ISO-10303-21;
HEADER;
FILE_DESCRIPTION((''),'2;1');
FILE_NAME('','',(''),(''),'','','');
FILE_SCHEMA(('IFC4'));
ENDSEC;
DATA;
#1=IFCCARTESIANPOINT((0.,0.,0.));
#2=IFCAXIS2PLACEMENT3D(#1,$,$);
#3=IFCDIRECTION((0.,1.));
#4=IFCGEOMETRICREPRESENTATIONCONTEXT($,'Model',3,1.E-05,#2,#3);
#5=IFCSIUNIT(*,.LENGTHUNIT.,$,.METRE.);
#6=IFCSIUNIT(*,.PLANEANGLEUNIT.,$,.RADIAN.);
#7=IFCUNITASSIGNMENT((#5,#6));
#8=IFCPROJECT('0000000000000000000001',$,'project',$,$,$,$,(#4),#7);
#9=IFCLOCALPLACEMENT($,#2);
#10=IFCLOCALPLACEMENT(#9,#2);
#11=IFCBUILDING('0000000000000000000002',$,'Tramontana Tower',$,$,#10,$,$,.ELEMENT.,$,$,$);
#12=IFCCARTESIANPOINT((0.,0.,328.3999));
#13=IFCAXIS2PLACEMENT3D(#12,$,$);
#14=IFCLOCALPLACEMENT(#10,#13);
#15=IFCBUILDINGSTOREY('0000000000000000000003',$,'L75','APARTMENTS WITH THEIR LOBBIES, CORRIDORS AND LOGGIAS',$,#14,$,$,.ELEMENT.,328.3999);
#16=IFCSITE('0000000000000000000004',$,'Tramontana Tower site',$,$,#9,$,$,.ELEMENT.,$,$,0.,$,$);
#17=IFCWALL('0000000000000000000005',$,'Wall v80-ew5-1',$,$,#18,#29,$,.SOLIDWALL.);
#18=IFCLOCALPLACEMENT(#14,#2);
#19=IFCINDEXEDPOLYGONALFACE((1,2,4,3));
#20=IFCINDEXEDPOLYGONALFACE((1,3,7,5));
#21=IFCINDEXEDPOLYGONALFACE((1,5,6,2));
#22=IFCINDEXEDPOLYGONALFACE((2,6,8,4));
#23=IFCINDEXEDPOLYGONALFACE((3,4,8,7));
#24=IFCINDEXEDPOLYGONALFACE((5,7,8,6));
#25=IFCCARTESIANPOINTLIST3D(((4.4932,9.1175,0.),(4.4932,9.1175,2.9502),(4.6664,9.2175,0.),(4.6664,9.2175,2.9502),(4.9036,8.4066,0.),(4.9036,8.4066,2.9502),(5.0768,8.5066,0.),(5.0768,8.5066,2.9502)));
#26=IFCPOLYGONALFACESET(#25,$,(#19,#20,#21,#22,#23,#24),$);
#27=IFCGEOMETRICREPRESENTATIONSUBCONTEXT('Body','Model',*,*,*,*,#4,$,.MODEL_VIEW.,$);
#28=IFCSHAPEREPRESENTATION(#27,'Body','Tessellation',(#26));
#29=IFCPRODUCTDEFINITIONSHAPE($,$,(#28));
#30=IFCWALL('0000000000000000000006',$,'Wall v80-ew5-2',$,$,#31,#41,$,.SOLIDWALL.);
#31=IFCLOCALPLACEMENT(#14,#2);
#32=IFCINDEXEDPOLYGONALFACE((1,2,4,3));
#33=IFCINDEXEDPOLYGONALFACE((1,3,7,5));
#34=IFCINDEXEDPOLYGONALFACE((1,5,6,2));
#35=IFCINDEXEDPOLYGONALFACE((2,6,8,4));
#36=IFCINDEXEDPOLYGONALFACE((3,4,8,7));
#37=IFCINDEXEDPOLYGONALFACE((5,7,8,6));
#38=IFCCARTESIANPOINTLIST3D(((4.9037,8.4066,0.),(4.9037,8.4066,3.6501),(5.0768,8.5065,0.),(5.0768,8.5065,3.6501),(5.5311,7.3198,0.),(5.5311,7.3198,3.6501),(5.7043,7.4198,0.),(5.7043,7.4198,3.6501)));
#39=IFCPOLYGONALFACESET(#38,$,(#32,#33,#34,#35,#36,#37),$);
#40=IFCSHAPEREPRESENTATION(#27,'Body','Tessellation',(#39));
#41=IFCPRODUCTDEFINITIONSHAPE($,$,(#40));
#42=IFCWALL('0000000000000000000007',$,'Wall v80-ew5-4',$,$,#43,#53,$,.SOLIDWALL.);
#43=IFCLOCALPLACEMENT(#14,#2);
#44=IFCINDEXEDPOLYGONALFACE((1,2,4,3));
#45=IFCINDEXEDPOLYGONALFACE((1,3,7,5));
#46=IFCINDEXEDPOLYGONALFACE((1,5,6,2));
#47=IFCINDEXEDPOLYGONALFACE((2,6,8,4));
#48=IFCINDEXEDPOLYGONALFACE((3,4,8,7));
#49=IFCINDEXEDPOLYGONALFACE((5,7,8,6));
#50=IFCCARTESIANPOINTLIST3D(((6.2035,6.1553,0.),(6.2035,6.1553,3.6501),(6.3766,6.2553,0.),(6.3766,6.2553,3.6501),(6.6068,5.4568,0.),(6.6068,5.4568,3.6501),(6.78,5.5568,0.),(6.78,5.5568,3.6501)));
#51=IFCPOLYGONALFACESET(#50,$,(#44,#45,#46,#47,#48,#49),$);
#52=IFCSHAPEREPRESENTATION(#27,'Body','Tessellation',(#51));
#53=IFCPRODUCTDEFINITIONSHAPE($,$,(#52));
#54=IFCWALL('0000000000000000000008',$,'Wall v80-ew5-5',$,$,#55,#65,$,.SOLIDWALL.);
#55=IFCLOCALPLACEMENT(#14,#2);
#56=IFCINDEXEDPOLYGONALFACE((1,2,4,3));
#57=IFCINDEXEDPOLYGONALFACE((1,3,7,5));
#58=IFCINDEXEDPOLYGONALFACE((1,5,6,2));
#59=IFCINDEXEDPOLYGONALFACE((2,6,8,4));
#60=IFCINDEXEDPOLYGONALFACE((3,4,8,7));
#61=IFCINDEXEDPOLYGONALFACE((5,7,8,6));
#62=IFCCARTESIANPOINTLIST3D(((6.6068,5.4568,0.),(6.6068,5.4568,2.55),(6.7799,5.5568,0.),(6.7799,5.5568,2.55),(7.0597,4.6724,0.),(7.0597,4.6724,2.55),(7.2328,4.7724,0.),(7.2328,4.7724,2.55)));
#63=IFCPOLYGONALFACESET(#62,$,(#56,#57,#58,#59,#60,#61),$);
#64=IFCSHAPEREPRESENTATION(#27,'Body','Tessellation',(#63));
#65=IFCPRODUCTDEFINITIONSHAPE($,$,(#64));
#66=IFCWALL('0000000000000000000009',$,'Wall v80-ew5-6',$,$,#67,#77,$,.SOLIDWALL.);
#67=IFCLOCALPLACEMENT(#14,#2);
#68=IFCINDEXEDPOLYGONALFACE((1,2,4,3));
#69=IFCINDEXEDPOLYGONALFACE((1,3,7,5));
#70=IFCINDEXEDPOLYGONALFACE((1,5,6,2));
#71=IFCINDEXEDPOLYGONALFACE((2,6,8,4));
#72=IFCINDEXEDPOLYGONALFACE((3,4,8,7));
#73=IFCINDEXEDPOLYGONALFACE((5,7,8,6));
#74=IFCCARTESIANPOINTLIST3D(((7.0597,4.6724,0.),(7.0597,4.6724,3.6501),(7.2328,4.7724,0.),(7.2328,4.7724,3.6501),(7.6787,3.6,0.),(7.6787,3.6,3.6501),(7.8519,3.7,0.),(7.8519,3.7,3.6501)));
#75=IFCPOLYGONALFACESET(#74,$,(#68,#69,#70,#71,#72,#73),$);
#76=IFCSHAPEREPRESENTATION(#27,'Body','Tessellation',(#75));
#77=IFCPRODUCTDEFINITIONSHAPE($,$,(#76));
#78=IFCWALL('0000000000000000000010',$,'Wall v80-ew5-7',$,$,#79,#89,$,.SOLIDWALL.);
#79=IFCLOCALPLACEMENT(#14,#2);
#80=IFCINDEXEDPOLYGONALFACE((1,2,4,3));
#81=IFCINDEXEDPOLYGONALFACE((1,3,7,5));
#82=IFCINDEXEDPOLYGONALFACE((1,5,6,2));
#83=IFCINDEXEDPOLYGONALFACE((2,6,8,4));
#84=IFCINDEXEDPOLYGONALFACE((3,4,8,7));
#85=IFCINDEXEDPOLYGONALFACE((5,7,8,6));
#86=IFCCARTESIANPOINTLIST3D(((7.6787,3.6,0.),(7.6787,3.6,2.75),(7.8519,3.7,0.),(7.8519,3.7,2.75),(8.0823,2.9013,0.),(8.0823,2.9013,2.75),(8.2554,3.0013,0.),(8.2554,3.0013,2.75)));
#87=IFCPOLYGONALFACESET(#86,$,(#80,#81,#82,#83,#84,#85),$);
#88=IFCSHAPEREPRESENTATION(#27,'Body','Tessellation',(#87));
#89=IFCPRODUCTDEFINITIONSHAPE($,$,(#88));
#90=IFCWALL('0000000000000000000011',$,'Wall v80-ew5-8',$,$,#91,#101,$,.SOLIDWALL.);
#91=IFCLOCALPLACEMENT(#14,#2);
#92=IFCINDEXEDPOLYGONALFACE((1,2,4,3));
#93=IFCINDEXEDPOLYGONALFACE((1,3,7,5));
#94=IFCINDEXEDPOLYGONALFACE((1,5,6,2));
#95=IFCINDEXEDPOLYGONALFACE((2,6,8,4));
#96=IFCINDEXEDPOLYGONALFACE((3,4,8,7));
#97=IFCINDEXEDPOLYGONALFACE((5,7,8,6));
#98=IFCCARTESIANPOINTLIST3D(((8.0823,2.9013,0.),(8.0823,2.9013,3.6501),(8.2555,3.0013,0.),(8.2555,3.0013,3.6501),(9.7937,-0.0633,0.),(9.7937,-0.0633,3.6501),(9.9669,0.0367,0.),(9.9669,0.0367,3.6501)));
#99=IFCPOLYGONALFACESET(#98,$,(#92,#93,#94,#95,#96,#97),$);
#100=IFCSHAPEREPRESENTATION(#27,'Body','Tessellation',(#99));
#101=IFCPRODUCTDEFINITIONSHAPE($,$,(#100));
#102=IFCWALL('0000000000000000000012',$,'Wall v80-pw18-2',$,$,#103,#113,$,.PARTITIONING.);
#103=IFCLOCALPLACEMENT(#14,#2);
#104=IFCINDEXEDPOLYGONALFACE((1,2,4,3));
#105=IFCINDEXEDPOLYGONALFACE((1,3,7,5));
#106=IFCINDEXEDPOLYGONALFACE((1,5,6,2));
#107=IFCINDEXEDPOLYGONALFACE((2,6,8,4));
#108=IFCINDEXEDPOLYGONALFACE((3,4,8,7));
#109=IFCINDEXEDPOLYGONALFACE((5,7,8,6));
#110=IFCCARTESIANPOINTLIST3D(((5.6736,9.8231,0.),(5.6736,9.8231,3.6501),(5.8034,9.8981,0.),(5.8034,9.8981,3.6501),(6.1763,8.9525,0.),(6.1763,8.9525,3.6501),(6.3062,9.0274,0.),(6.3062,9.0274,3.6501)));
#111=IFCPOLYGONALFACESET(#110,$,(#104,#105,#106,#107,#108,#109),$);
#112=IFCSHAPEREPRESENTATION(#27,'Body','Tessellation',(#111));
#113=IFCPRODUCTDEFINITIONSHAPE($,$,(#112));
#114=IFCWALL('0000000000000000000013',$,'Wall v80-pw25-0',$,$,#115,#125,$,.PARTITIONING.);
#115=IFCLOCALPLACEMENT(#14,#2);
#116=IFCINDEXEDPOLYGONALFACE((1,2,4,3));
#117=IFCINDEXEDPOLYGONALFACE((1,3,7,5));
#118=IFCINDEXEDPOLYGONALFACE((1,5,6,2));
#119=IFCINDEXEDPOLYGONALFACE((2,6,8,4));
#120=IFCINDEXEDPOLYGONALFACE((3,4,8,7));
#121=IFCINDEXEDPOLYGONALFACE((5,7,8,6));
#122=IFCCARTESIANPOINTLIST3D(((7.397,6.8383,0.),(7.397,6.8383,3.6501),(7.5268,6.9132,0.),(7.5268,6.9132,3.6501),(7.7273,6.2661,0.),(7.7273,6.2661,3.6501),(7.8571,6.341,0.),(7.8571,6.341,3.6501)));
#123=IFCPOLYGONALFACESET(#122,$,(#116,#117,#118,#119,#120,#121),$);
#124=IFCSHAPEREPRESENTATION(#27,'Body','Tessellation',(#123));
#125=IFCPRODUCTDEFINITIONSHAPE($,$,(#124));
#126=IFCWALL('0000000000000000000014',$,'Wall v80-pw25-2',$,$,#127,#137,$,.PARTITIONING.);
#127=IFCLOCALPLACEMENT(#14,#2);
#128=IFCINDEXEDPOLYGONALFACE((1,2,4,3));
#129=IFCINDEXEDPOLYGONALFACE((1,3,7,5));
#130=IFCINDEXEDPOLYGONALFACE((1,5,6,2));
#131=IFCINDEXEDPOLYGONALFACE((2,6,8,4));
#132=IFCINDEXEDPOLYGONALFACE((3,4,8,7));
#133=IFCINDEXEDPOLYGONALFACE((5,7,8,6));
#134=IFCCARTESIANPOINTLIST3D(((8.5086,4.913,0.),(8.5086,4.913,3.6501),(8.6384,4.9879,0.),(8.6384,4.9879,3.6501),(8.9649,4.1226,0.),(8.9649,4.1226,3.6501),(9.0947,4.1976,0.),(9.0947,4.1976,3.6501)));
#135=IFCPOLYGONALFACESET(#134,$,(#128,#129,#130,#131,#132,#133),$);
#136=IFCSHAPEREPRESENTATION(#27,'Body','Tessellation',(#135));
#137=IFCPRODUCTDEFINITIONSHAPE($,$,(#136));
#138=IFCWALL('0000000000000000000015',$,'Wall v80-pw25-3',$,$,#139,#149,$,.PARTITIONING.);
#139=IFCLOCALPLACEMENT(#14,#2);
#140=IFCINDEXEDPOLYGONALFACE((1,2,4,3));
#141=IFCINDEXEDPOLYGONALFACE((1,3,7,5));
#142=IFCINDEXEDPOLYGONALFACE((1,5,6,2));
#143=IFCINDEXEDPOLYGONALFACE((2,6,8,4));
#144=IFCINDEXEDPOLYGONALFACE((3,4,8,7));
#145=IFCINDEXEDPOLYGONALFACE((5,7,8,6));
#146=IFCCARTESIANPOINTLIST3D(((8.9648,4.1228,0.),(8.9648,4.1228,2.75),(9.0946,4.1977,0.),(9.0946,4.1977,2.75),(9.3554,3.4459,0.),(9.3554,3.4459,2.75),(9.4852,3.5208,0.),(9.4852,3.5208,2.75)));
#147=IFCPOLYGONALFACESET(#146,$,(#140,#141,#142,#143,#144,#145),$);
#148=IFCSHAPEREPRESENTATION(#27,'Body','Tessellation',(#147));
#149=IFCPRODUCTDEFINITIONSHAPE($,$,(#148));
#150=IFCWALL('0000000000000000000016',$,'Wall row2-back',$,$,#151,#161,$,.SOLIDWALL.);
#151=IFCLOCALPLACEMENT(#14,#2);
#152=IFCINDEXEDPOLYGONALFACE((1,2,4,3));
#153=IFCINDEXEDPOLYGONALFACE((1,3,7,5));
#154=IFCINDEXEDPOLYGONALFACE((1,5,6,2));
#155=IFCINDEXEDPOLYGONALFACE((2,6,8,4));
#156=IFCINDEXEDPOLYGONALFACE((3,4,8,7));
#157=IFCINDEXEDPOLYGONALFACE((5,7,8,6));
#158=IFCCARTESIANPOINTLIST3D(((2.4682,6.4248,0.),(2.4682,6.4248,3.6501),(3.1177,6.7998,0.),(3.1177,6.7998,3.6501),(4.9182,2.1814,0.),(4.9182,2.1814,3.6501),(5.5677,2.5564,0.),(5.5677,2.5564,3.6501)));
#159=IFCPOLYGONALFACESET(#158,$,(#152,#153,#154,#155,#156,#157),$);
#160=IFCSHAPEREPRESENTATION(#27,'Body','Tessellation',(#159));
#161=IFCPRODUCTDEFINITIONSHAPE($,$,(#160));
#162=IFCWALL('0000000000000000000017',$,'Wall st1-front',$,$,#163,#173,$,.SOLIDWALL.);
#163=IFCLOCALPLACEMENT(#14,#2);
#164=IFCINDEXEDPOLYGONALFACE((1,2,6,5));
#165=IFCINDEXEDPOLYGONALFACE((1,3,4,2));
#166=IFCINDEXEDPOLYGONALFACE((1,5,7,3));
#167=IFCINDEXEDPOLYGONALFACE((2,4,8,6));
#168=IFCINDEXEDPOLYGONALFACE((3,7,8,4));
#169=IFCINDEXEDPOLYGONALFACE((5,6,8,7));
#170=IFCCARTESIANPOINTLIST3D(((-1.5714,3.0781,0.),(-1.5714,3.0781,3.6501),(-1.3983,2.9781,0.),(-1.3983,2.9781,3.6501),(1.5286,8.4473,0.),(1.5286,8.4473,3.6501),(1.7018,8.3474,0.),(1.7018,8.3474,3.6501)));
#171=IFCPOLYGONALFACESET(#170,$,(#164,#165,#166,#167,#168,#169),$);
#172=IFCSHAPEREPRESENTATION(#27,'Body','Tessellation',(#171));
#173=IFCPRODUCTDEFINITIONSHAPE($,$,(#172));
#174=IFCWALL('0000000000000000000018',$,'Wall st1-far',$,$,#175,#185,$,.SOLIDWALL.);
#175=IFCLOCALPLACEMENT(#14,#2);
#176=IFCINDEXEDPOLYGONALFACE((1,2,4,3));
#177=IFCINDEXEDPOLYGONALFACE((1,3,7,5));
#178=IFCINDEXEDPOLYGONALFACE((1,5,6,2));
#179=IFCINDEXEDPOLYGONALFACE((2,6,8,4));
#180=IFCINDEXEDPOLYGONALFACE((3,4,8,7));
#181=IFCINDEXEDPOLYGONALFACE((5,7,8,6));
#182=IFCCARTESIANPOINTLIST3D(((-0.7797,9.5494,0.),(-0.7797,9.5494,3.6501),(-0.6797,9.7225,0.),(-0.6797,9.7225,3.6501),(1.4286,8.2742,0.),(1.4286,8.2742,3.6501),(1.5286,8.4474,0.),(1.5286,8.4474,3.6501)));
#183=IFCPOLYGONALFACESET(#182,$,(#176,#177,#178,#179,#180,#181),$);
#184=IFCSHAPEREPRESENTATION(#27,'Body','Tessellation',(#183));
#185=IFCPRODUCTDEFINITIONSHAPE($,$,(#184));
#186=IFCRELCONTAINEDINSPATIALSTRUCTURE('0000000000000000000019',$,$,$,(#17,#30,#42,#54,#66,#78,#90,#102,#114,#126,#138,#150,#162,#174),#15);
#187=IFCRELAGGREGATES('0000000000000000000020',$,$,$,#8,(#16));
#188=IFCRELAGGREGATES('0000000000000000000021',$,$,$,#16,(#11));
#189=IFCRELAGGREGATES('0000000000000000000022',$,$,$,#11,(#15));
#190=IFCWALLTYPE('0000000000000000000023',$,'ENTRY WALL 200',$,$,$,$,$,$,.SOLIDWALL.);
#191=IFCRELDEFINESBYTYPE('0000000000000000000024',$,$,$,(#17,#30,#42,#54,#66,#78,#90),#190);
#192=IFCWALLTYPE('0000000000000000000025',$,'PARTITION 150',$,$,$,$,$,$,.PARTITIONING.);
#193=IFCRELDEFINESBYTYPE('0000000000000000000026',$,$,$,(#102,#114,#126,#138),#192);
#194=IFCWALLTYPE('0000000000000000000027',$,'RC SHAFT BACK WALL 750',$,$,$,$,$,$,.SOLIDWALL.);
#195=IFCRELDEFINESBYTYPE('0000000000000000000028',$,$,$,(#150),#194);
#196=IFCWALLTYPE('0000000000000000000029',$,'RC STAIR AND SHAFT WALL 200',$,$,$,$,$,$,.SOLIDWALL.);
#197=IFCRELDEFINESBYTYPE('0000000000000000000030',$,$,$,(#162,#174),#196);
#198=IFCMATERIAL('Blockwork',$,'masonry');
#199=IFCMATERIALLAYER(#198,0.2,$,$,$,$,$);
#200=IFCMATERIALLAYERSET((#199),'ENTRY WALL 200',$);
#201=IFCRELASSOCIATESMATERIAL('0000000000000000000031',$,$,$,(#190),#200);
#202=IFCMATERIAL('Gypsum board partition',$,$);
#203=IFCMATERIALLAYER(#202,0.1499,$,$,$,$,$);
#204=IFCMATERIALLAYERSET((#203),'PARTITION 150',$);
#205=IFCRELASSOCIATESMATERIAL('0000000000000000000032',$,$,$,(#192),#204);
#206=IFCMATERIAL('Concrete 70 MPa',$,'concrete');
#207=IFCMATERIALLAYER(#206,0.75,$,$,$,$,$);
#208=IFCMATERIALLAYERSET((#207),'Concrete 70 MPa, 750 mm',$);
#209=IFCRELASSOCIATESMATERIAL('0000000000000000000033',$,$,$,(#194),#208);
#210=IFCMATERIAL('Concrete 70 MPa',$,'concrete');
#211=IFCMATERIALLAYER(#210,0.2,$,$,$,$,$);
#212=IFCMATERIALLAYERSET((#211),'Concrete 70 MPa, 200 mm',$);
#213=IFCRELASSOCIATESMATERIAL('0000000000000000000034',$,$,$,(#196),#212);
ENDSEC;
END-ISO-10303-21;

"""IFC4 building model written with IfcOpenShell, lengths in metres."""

from ifc_helpers import new_model, si_unit, direction, frame, frame_2d, origin, place, context, subcontext, project, spatial, rectangle, extrude, material, layer, layer_set, type_object, element, save


model = new_model("IFC4")

# Units and contexts
model_context = context("Model", 3, precision=1e-05, world=origin(), true_north=direction((0.0, 1.0)))
body_context = subcontext(model_context, "Body", "Model", "MODEL_VIEW")
ifc_project = project(units=[si_unit("LENGTHUNIT", "METRE"), si_unit("PLANEANGLEUNIT", "RADIAN")], contexts=[model_context])

# Site, building, storey
site_placement = place(None, origin())
site = spatial("IfcSite", under=ifc_project, at=site_placement, Name="Tramontana Tower site", CompositionType="ELEMENT", RefElevation=0.0)
building_placement = place(site_placement, origin())
building = spatial("IfcBuilding", under=site, at=building_placement, Name="Tramontana Tower", CompositionType="ELEMENT")
storey_placement = place(building_placement, frame((0.0, 0.0, 328.3999)))
storey = spatial("IfcBuildingStorey", under=building, at=storey_placement, Name="L75", Description="APARTMENTS WITH THEIR LOBBIES, CORRIDORS AND LOGGIAS", CompositionType="ELEMENT", Elevation=328.3999)

# Walls
ifc_material_1 = material(Name="Blockwork", Category="masonry")
ifc_layer_1 = layer(ifc_material_1, 0.2)
ifc_layer_set_1 = layer_set([ifc_layer_1], Name="ENTRY WALL 200")
wall_type_1 = type_object("IfcWallType", Name="ENTRY WALL 200", PredefinedType="SOLIDWALL", material=ifc_layer_set_1)
wall_1_placement = place(storey_placement, frame((4.5798, 9.1675, 0.0), z_axis=(0.0, 0.0, 1.0), x_axis=(0.499946, -0.866057, 0.0)))
element("IfcWall", 1, at=wall_1_placement, inside=storey, type_object=wall_type_1, Name="Wall v80-ew5-1", PredefinedType="SOLIDWALL", context=body_context, shape_type="SweptSolid", body=[
    extrude(rectangle(XDim=0.8208, YDim=0.2, at=frame_2d((0.4104, 0.0))), origin(), (0.0, 0.0, 1.0), 2.9502),
])
wall_2_placement = place(storey_placement, frame((4.9902, 8.4565, 0.0), z_axis=(0.0, 0.0, 1.0), x_axis=(0.500031, -0.866007, 0.0)))
element("IfcWall", 2, at=wall_2_placement, inside=storey, type_object=wall_type_1, Name="Wall v80-ew5-2", PredefinedType="SOLIDWALL", context=body_context, shape_type="SweptSolid", body=[
    extrude(rectangle(XDim=1.2549, YDim=0.2, at=frame_2d((0.6274, 0.0))), origin(), (0.0, 0.0, 1.0), 3.6501),
])

# Walls
wall_3_placement = place(storey_placement, frame((6.29, 6.2053, 0.0), z_axis=(0.0, 0.0, 1.0), x_axis=(0.500046, -0.865999, 0.0)))
element("IfcWall", 3, at=wall_3_placement, inside=storey, type_object=wall_type_1, Name="Wall v80-ew5-4", PredefinedType="SOLIDWALL", context=body_context, shape_type="SweptSolid", body=[
    extrude(rectangle(XDim=0.8066, YDim=0.2, at=frame_2d((0.4033, 0.0))), origin(), (0.0, 0.0, 1.0), 3.6501),
])
wall_4_placement = place(storey_placement, frame((6.6934, 5.5068, 0.0), z_axis=(0.0, 0.0, 1.0), x_axis=(0.499995, -0.866028, 0.0)))
element("IfcWall", 4, at=wall_4_placement, inside=storey, type_object=wall_type_1, Name="Wall v80-ew5-5", PredefinedType="SOLIDWALL", context=body_context, shape_type="SweptSolid", body=[
    extrude(rectangle(XDim=0.9058, YDim=0.2, at=frame_2d((0.4529, 0.0))), origin(), (0.0, 0.0, 1.0), 2.55),
])
wall_5_placement = place(storey_placement, frame((7.1462, 4.7224, 0.0), z_axis=(0.0, 0.0, 1.0), x_axis=(0.499956, -0.866051, 0.0)))
element("IfcWall", 5, at=wall_5_placement, inside=storey, type_object=wall_type_1, Name="Wall v80-ew5-6", PredefinedType="SOLIDWALL", context=body_context, shape_type="SweptSolid", body=[
    extrude(rectangle(XDim=1.2383, YDim=0.2, at=frame_2d((0.6191, 0.0))), origin(), (0.0, 0.0, 1.0), 3.6501),
])
wall_6_placement = place(storey_placement, frame((7.7654, 3.6499, 0.0), z_axis=(0.0, 0.0, 1.0), x_axis=(0.500141, -0.865944, 0.0)))
element("IfcWall", 6, at=wall_6_placement, inside=storey, type_object=wall_type_1, Name="Wall v80-ew5-7", PredefinedType="SOLIDWALL", context=body_context, shape_type="SweptSolid", body=[
    extrude(rectangle(XDim=0.8069, YDim=0.2, at=frame_2d((0.4033, 0.0))), origin(), (0.0, 0.0, 1.0), 2.75),
])
wall_7_placement = place(storey_placement, frame((8.1689, 2.9512, 0.0), z_axis=(0.0, 0.0, 1.0), x_axis=(0.499959, -0.866049, 0.0)))
element("IfcWall", 7, at=wall_7_placement, inside=storey, type_object=wall_type_1, Name="Wall v80-ew5-8", PredefinedType="SOLIDWALL", context=body_context, shape_type="SweptSolid", body=[
    extrude(rectangle(XDim=3.4231, YDim=0.2, at=frame_2d((1.7114, 0.0))), origin(), (0.0, 0.0, 1.0), 3.6501),
])
ifc_material_2 = material(Name="Gypsum board partition")
ifc_layer_2 = layer(ifc_material_2, 0.1499)
ifc_layer_set_2 = layer_set([ifc_layer_2], Name="PARTITION 150")
wall_type_2 = type_object("IfcWallType", Name="PARTITION 150", PredefinedType="PARTITIONING", material=ifc_layer_set_2)
wall_8_placement = place(storey_placement, frame((5.7385, 9.8606, 0.0), z_axis=(0.0, 0.0, 1.0), x_axis=(0.500031, -0.866008, 0.0)))
element("IfcWall", 8, at=wall_8_placement, inside=storey, type_object=wall_type_2, Name="Wall v80-pw18-2", PredefinedType="PARTITIONING", context=body_context, shape_type="SweptSolid", body=[
    extrude(rectangle(XDim=1.0054, YDim=0.1499, at=frame_2d((0.5027, 0.0))), origin(), (0.0, 0.0, 1.0), 3.6501),
])

# Wall
wall_9_placement = place(storey_placement, frame((7.4619, 6.8757, 0.0), z_axis=(0.0, 0.0, 1.0), x_axis=(0.499914, -0.866075, 0.0)))
element("IfcWall", 9, at=wall_9_placement, inside=storey, type_object=wall_type_2, Name="Wall v80-pw25-0", PredefinedType="PARTITIONING", context=body_context, shape_type="SweptSolid", body=[
    extrude(rectangle(XDim=0.6606, YDim=0.1499, at=frame_2d((0.3303, 0.0))), origin(), (0.0, 0.0, 1.0), 3.6501),
])

# Walls
wall_10_placement = place(storey_placement, frame((8.5735, 4.9504, 0.0), z_axis=(0.0, 0.0, 1.0), x_axis=(0.500024, -0.866012, 0.0)))
element("IfcWall", 10, at=wall_10_placement, inside=storey, type_object=wall_type_2, Name="Wall v80-pw25-2", PredefinedType="PARTITIONING", context=body_context, shape_type="SweptSolid", body=[
    extrude(rectangle(XDim=0.9126, YDim=0.1499, at=frame_2d((0.4563, 0.0))), origin(), (0.0, 0.0, 1.0), 3.6501),
])
wall_11_placement = place(storey_placement, frame((9.0298, 4.1602, 0.0), z_axis=(0.0, 0.0, 1.0), x_axis=(0.499768, -0.86616, 0.0)))
element("IfcWall", 11, at=wall_11_placement, inside=storey, type_object=wall_type_2, Name="Wall v80-pw25-3", PredefinedType="PARTITIONING", context=body_context, shape_type="SweptSolid", body=[
    extrude(rectangle(XDim=0.7815, YDim=0.1499, at=frame_2d((0.3906, 0.0))), origin(), (0.0, 0.0, 1.0), 2.75),
])
ifc_material_3 = material(Name="Concrete 70 MPa", Category="concrete")
ifc_layer_3 = layer(ifc_material_3, 0.75)
ifc_layer_set_3 = layer_set([ifc_layer_3], Name="Concrete 70 MPa, 750 mm")
wall_type_3 = type_object("IfcWallType", Name="RC SHAFT BACK WALL 750", PredefinedType="SOLIDWALL", material=ifc_layer_set_3)
wall_12_placement = place(storey_placement, frame((5.2429, 2.3689, 0.0), z_axis=(0.0, 0.0, 1.0), x_axis=(-0.500003, 0.866024, 0.0)))
element("IfcWall", 12, at=wall_12_placement, inside=storey, type_object=wall_type_3, Name="Wall row2-back", PredefinedType="SOLIDWALL", context=body_context, shape_type="SweptSolid", body=[
    extrude(rectangle(XDim=4.8999, YDim=0.75, at=frame_2d((2.45, 0.0))), origin(), (0.0, 0.0, 1.0), 3.6501),
])
ifc_material_4 = material(Name="Concrete 70 MPa", Category="concrete")
ifc_layer_4 = layer(ifc_material_4, 0.2)
ifc_layer_set_4 = layer_set([ifc_layer_4], Name="Concrete 70 MPa, 200 mm")
wall_type_4 = type_object("IfcWallType", Name="RC STAIR AND SHAFT WALL 200", PredefinedType="SOLIDWALL", material=ifc_layer_set_4)
wall_13_placement = place(storey_placement, frame((1.6152, 8.3975, 0.0), z_axis=(0.0, 0.0, 1.0), x_axis=(-0.50001, -0.86602, 0.0)))
element("IfcWall", 13, at=wall_13_placement, inside=storey, type_object=wall_type_4, Name="Wall st1-front", PredefinedType="SOLIDWALL", context=body_context, shape_type="SweptSolid", body=[
    extrude(rectangle(XDim=6.2, YDim=0.2, at=frame_2d((3.1001, 0.0))), origin(), (0.0, 0.0, 1.0), 3.6501),
])
wall_14_placement = place(storey_placement, frame((1.4785, 8.3608, 0.0), z_axis=(0.0, 0.0, 1.0), x_axis=(-0.865989, 0.500062, 0.0)))
element("IfcWall", 14, at=wall_14_placement, inside=storey, type_object=wall_type_4, Name="Wall st1-far", PredefinedType="SOLIDWALL", context=body_context, shape_type="SweptSolid", body=[
    extrude(rectangle(XDim=2.55, YDim=0.2, at=frame_2d((1.2749, 0.0))), origin(), (0.0, 0.0, 1.0), 3.6501),
])

save(model, "model.ifc")
